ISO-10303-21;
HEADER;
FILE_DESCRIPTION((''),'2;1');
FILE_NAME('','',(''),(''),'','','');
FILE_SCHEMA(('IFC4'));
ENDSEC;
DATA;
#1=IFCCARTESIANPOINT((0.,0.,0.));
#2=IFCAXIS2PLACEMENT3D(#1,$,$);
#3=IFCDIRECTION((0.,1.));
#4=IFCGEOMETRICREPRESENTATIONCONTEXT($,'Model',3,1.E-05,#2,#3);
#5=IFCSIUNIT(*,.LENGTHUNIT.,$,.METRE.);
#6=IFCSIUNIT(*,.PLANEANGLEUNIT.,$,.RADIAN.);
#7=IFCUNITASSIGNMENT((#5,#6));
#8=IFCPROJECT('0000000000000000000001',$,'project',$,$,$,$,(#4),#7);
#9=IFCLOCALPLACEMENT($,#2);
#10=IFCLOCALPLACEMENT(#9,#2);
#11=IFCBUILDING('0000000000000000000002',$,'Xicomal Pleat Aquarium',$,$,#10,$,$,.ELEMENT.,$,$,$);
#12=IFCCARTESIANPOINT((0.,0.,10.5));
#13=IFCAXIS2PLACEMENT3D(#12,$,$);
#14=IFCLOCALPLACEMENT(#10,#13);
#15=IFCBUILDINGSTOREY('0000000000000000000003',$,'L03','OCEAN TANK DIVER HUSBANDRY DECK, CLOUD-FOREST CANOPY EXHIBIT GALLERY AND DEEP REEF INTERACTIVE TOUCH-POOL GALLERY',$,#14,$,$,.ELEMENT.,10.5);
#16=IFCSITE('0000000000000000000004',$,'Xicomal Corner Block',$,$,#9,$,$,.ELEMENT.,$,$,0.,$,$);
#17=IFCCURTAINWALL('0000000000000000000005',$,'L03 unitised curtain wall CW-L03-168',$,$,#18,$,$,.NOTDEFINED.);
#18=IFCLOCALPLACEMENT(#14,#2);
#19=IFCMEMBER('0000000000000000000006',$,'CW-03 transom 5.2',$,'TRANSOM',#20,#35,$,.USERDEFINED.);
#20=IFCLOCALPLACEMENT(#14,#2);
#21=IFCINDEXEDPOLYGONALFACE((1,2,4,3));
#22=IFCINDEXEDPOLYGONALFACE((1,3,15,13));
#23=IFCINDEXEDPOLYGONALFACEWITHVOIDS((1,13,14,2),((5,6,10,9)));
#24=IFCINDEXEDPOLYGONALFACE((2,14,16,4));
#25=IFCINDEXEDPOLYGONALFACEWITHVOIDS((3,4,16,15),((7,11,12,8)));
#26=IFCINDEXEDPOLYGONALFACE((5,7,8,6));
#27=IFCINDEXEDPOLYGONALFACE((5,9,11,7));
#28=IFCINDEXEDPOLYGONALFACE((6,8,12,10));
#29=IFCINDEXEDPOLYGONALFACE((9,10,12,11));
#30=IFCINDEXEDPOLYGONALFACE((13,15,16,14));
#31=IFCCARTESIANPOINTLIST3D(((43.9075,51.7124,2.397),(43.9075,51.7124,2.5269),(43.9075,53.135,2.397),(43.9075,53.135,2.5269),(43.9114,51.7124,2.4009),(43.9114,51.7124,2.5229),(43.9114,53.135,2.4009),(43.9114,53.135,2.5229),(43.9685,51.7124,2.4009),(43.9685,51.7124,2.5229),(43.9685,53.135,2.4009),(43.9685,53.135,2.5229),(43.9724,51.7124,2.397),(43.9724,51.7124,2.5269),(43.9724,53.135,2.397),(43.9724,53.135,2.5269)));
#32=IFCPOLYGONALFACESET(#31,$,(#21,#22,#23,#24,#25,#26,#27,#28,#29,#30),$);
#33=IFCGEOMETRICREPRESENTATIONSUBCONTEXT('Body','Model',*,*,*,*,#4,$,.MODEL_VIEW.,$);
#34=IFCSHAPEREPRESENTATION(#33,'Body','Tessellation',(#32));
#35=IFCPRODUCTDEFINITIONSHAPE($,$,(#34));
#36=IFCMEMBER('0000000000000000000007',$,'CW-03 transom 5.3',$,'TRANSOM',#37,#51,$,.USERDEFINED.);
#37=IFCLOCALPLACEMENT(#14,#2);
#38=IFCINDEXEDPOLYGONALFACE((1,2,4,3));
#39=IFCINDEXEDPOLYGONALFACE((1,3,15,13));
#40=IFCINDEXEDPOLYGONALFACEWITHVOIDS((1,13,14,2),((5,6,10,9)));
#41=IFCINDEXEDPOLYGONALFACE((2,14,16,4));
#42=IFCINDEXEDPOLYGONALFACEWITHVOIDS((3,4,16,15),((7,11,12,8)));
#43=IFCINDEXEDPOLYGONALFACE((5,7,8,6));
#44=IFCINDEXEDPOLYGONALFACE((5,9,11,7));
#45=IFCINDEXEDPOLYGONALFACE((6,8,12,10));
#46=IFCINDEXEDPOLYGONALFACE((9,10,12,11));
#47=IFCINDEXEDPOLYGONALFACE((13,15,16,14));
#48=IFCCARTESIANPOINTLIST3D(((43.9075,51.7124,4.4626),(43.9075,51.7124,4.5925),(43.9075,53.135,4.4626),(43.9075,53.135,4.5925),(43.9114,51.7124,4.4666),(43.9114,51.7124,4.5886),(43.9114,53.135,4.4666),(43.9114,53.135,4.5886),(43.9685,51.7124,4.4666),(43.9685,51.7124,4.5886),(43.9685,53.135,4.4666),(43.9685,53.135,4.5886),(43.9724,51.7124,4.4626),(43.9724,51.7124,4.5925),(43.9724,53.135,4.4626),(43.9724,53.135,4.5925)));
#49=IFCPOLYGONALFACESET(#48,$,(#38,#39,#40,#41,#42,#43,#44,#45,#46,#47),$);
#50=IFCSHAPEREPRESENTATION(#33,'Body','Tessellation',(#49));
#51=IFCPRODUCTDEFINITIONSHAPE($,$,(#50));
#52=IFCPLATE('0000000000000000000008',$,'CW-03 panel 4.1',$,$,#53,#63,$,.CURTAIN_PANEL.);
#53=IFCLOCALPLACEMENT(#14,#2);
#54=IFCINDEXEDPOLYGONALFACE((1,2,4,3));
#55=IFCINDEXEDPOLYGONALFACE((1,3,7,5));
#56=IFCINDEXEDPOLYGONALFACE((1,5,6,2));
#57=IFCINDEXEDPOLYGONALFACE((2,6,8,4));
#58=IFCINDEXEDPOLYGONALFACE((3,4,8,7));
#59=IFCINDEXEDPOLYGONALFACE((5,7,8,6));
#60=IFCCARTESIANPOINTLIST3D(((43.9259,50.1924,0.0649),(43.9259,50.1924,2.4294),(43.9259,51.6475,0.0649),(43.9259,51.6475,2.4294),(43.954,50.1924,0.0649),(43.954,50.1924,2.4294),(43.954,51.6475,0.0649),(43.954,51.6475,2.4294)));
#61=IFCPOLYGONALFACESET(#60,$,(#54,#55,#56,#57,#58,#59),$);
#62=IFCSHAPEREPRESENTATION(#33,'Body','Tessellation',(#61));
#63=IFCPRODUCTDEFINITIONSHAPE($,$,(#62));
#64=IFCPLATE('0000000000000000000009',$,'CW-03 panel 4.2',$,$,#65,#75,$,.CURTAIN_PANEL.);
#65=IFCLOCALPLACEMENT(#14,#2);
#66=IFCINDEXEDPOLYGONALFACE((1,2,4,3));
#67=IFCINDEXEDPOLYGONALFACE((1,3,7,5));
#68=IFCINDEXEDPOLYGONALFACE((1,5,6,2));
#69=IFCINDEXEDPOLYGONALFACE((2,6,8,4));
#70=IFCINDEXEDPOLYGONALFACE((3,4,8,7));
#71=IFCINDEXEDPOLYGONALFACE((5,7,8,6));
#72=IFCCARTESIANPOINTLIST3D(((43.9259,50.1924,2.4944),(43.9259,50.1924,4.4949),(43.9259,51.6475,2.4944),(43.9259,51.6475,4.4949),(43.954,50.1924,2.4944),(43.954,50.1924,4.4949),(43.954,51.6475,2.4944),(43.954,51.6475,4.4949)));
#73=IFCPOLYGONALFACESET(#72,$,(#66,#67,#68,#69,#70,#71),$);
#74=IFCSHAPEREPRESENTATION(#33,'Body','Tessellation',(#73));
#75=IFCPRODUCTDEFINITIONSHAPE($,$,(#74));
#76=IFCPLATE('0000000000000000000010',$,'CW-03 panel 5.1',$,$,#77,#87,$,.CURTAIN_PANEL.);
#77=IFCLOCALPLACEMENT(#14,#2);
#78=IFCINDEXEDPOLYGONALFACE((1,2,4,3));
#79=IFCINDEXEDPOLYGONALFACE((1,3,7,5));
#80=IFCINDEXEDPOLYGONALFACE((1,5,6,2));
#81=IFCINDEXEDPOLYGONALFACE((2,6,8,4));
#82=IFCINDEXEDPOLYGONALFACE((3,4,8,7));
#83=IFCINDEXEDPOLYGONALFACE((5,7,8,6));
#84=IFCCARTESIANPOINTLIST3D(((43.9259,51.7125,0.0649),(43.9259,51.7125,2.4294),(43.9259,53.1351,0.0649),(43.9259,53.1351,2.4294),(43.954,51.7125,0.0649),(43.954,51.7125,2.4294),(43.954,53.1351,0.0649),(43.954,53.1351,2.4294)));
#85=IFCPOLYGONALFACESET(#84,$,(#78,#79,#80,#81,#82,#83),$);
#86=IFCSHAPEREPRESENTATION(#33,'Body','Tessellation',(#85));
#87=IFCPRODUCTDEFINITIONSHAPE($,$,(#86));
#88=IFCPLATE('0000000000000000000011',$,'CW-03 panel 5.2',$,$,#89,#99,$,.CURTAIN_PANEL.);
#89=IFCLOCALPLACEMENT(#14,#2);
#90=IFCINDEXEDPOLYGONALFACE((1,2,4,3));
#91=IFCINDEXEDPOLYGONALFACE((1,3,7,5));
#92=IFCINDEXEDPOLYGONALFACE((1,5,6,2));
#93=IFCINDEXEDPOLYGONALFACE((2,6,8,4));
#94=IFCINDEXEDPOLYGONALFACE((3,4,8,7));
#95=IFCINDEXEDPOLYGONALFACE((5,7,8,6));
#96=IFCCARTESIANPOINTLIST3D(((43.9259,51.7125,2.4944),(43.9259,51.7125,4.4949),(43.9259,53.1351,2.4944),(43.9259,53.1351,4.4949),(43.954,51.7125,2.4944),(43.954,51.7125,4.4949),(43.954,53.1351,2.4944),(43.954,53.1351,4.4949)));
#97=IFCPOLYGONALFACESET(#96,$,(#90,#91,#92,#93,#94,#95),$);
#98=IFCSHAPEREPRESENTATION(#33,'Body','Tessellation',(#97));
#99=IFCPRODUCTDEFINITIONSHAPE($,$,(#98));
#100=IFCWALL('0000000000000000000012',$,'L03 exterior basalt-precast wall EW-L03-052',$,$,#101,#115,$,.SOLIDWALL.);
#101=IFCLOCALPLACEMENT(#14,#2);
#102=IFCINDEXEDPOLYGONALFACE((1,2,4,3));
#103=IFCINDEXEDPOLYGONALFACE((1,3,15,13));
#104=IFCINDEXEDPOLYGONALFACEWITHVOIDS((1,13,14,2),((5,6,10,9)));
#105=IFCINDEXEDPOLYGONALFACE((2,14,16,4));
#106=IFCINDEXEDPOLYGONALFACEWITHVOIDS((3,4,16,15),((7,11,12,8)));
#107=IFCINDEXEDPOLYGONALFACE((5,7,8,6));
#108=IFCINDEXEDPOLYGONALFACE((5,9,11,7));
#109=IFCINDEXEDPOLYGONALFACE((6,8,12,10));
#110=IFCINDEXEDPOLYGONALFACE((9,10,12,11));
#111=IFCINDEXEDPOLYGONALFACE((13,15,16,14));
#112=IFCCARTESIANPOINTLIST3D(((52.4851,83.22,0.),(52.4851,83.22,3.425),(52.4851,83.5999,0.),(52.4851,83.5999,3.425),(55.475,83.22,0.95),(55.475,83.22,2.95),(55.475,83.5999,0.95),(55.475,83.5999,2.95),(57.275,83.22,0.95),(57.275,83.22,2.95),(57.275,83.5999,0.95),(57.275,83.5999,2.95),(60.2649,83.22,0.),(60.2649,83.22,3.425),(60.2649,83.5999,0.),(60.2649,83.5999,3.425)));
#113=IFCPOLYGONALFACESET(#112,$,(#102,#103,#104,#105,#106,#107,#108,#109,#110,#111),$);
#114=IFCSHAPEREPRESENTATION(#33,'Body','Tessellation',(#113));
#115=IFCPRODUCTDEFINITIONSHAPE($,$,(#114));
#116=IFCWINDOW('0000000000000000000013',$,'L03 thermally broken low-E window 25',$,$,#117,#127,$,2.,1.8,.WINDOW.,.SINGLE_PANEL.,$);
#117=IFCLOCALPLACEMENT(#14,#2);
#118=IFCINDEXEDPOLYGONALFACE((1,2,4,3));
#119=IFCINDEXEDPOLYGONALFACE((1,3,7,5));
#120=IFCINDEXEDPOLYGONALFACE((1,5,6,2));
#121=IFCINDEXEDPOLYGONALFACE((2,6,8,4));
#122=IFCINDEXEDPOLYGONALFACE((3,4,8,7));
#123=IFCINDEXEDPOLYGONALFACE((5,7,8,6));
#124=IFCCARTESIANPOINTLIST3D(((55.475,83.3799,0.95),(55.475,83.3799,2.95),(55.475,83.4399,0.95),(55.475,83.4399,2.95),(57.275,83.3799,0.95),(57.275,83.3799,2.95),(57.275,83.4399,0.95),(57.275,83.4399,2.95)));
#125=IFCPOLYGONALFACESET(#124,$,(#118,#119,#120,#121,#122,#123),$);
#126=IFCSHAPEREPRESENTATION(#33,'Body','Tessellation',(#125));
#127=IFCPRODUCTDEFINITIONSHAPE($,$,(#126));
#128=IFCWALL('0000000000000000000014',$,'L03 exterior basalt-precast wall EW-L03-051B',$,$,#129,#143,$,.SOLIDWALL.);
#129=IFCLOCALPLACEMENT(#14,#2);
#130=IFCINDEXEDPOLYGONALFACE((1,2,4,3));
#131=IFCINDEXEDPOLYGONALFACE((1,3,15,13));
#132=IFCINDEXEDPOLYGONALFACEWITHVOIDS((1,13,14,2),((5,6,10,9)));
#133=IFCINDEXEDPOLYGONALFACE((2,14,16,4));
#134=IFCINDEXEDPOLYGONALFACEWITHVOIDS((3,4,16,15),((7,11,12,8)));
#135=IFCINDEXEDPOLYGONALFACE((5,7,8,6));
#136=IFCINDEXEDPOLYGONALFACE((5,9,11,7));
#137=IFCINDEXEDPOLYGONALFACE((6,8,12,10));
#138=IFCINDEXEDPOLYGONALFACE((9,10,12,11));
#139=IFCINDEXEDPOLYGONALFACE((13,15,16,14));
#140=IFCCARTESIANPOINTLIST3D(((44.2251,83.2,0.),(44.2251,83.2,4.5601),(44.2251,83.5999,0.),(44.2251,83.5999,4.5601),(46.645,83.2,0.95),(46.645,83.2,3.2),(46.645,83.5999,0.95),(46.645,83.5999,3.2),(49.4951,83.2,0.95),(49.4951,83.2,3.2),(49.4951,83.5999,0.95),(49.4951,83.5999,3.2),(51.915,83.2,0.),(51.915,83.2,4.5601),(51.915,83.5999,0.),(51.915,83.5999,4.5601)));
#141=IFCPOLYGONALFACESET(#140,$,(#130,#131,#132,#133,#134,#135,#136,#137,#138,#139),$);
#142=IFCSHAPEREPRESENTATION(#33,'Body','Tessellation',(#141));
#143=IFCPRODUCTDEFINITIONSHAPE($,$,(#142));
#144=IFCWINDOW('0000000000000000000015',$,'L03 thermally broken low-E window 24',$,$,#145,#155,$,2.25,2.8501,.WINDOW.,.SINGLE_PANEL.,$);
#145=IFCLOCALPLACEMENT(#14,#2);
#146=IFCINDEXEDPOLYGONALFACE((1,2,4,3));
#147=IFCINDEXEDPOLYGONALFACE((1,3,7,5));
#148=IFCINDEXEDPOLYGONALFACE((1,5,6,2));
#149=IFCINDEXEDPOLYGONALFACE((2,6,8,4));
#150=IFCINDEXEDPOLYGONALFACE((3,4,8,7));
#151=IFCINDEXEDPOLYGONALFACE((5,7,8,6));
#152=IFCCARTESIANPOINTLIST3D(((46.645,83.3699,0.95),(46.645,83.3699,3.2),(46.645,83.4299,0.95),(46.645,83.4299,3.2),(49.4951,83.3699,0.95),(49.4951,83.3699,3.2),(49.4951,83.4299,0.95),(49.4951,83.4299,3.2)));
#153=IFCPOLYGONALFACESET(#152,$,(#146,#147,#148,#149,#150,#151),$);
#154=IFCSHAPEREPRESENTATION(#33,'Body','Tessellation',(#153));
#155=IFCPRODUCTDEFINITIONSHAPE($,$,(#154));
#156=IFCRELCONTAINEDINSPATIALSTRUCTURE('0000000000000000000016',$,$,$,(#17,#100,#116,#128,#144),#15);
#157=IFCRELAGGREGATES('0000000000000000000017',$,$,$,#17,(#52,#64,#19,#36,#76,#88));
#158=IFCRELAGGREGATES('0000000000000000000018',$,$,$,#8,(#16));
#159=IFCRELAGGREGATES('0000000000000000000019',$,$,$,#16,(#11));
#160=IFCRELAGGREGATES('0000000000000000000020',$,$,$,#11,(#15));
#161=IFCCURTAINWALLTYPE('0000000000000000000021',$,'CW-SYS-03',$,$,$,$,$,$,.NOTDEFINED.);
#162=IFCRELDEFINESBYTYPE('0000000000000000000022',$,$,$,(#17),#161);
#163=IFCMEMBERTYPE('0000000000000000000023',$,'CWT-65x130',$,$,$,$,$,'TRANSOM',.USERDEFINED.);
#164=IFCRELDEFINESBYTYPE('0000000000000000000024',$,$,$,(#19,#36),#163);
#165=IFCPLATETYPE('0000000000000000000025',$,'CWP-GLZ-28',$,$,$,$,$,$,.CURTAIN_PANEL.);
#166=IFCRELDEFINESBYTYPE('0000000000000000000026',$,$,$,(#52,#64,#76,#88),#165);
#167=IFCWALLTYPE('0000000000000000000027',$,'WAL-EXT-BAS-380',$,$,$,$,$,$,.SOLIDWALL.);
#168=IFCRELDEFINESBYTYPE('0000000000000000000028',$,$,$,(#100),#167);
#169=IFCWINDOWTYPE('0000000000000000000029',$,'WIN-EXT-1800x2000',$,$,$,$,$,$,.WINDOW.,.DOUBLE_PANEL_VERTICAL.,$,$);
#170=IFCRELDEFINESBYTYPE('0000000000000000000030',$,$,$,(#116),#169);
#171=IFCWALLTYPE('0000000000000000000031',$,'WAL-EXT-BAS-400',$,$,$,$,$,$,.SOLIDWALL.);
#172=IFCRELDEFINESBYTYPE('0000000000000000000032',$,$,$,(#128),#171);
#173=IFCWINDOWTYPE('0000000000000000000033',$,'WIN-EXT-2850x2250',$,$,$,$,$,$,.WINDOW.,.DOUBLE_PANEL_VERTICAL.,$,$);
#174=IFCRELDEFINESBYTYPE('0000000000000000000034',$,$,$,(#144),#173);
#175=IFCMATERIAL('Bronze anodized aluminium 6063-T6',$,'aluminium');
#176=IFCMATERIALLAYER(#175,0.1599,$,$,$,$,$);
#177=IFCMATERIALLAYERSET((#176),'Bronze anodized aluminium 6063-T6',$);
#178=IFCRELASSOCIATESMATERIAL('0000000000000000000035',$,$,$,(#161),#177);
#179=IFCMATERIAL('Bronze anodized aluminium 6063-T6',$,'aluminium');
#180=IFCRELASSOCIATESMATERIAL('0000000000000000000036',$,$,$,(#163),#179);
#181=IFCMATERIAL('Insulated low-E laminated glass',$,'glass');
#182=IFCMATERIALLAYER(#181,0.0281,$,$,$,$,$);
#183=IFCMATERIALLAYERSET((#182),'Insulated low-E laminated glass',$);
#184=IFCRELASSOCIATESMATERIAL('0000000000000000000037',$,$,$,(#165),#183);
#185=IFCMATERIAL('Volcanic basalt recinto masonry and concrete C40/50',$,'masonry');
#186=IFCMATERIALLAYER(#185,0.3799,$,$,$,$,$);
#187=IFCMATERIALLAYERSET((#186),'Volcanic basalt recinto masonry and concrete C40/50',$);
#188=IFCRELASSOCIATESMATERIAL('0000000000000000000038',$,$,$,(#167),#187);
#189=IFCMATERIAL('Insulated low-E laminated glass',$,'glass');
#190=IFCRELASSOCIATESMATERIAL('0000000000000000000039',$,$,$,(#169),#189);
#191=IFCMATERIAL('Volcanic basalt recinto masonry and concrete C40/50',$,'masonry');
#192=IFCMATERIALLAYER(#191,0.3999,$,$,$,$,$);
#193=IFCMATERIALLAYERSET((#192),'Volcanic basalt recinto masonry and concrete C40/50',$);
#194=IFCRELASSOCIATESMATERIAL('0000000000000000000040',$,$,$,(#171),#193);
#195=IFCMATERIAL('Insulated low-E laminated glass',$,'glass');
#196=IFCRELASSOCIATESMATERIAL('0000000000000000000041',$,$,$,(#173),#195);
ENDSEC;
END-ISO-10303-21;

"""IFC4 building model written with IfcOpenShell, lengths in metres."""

from ifc_helpers import new_model, si_unit, direction, frame, frame_2d, origin, origin_2d, place, context, subcontext, project, spatial, rectangle, hollow_rectangle, extrude, material, layer, layer_set, material_profile, profile_set, type_object, element, fill, aggregate, save


model = new_model("IFC4")

# Units and contexts
model_context = context("Model", 3, precision=1e-05, world=origin(), true_north=direction((0.0, 1.0)))
body_context = subcontext(model_context, "Body", "Model", "MODEL_VIEW")
ifc_project = project(units=[si_unit("LENGTHUNIT", "METRE"), si_unit("PLANEANGLEUNIT", "RADIAN")], contexts=[model_context])

# Site, building, storey
site_placement = place(None, origin())
site = spatial("IfcSite", under=ifc_project, at=site_placement, Name="Xicomal Corner Block", CompositionType="ELEMENT", RefElevation=0.0)
building_placement = place(site_placement, origin())
building = spatial("IfcBuilding", under=site, at=building_placement, Name="Xicomal Pleat Aquarium", CompositionType="ELEMENT")
storey_placement = place(building_placement, frame((0.0, 0.0, 10.5)))
storey = spatial("IfcBuildingStorey", under=building, at=storey_placement, Name="L03", Description="OCEAN TANK DIVER HUSBANDRY DECK, CLOUD-FOREST CANOPY EXHIBIT GALLERY AND DEEP REEF INTERACTIVE TOUCH-POOL GALLERY", CompositionType="ELEMENT", Elevation=10.5)

# Curtain wall, members, plates
ifc_material_1 = material(Name="Bronze anodized aluminium 6063-T6", Category="aluminium")
ifc_layer_1 = layer(ifc_material_1, 0.1599)
ifc_layer_set_1 = layer_set([ifc_layer_1], Name="Bronze anodized aluminium 6063-T6")
curtain_wall_type = type_object("IfcCurtainWallType", Name="CW-SYS-03", PredefinedType="NOTDEFINED", material=ifc_layer_set_1)
curtain_wall_placement = place(storey_placement, origin())
curtain_wall = element("IfcCurtainWall", 1, at=curtain_wall_placement, inside=storey, type_object=curtain_wall_type, Name="L03 unitised curtain wall CW-L03-168", PredefinedType="NOTDEFINED")
ifc_material_2 = material(Name="Bronze anodized aluminium 6063-T6", Category="aluminium")
ifc_material_profile_1 = material_profile(ifc_material_2, hollow_rectangle(XDim=0.0649, YDim=0.1299, WallThickness=0.0039, at=origin_2d()), Name="ALU TRAN 65x130")
ifc_profile_set_1 = profile_set([ifc_material_profile_1], Name="Bronze anodized aluminium 6063-T6")
member_type_1 = type_object("IfcMemberType", Name="CWT-65x130", ElementType="TRANSOM", PredefinedType="USERDEFINED", material=ifc_profile_set_1)
member_1_placement = place(storey_placement, frame((43.9399, 51.7124, 2.4619), z_axis=(0.0, 1.0, 0.0), x_axis=(-1.0, 0.0, 0.0)))
member_1 = element("IfcMember", 2, at=member_1_placement, type_object=member_type_1, Name="CW-03 transom 5.2", ObjectType="TRANSOM", PredefinedType="USERDEFINED", context=body_context, shape_type="SweptSolid", body=[
    extrude(hollow_rectangle(XDim=0.0649, YDim=0.1299, WallThickness=0.0039, at=origin_2d()), origin(), (0.0, 0.0, 1.0), 1.4226),
])
member_2_placement = place(storey_placement, frame((43.9399, 51.7124, 4.5276), z_axis=(0.0, 1.0, 0.0), x_axis=(-1.0, 0.0, 0.0)))
member_2 = element("IfcMember", 3, at=member_2_placement, type_object=member_type_1, Name="CW-03 transom 5.3", ObjectType="TRANSOM", PredefinedType="USERDEFINED", context=body_context, shape_type="SweptSolid", body=[
    extrude(hollow_rectangle(XDim=0.0649, YDim=0.1299, WallThickness=0.0039, at=origin_2d()), origin(), (0.0, 0.0, 1.0), 1.4226),
])
ifc_material_3 = material(Name="Insulated low-E laminated glass", Category="glass")
ifc_layer_2 = layer(ifc_material_3, 0.0281)
ifc_layer_set_2 = layer_set([ifc_layer_2], Name="Insulated low-E laminated glass")
plate_type = type_object("IfcPlateType", Name="CWP-GLZ-28", PredefinedType="CURTAIN_PANEL", material=ifc_layer_set_2)
plate_1_placement = place(storey_placement, frame((43.9399, 50.9199, 0.0649), z_axis=(0.0, 0.0, 1.0), x_axis=(0.0, 1.0, 0.0)))
plate_1 = element("IfcPlate", 4, at=plate_1_placement, type_object=plate_type, Name="CW-03 panel 4.1", PredefinedType="CURTAIN_PANEL", context=body_context, shape_type="SweptSolid", body=[
    extrude(rectangle(XDim=1.4551, YDim=0.0281, at=origin_2d()), origin(), (0.0, 0.0, 1.0), 2.3645),
])
plate_2_placement = place(storey_placement, frame((43.9399, 50.9199, 2.4944), z_axis=(0.0, 0.0, 1.0), x_axis=(0.0, 1.0, 0.0)))
plate_2 = element("IfcPlate", 5, at=plate_2_placement, type_object=plate_type, Name="CW-03 panel 4.2", PredefinedType="CURTAIN_PANEL", context=body_context, shape_type="SweptSolid", body=[
    extrude(rectangle(XDim=1.4551, YDim=0.0281, at=origin_2d()), origin(), (0.0, 0.0, 1.0), 2.0005),
])
plate_3_placement = place(storey_placement, frame((43.9399, 52.4238, 0.0649), z_axis=(0.0, 0.0, 1.0), x_axis=(0.0, 1.0, 0.0)))
plate_3 = element("IfcPlate", 6, at=plate_3_placement, type_object=plate_type, Name="CW-03 panel 5.1", PredefinedType="CURTAIN_PANEL", context=body_context, shape_type="SweptSolid", body=[
    extrude(rectangle(XDim=1.4226, YDim=0.0281, at=origin_2d()), origin(), (0.0, 0.0, 1.0), 2.3645),
])
plate_4_placement = place(storey_placement, frame((43.9399, 52.4238, 2.4944), z_axis=(0.0, 0.0, 1.0), x_axis=(0.0, 1.0, 0.0)))
plate_4 = element("IfcPlate", 7, at=plate_4_placement, type_object=plate_type, Name="CW-03 panel 5.2", PredefinedType="CURTAIN_PANEL", context=body_context, shape_type="SweptSolid", body=[
    extrude(rectangle(XDim=1.4226, YDim=0.0281, at=origin_2d()), origin(), (0.0, 0.0, 1.0), 2.0005),
])
aggregate(curtain_wall, [plate_1, plate_2, member_1, member_2, plate_3, plate_4])

# Walls, openings, windows
ifc_material_4 = material(Name="Volcanic basalt recinto masonry and concrete C40/50", Category="masonry")
ifc_layer_3 = layer(ifc_material_4, 0.3799)
ifc_layer_set_3 = layer_set([ifc_layer_3], Name="Volcanic basalt recinto masonry and concrete C40/50")
wall_type_1 = type_object("IfcWallType", Name="WAL-EXT-BAS-380", PredefinedType="SOLIDWALL", material=ifc_layer_set_3)
wall_1_placement = place(storey_placement, frame((52.4851, 83.4099, 0.0), z_axis=(0.0, 0.0, 1.0), x_axis=(1.0, 0.0, 0.0)))
wall_1 = element("IfcWall", 8, at=wall_1_placement, inside=storey, type_object=wall_type_1, Name="L03 exterior basalt-precast wall EW-L03-052", PredefinedType="SOLIDWALL", context=body_context, shape_type="SweptSolid", body=[
    extrude(rectangle(XDim=7.7798, YDim=0.3799, at=frame_2d((3.8899, 0.0))), origin(), (0.0, 0.0, 1.0), 3.425),
])
opening_1_placement = place(wall_1_placement, frame((2.99, 0.0, 0.95)))
opening_1 = element("IfcOpeningElement", 9, at=opening_1_placement, cuts=wall_1, PredefinedType="OPENING", context=body_context, shape_type="SweptSolid", body=[
    extrude(rectangle(XDim=1.8, YDim=2.0, at=frame_2d((0.8999, 1.0))), frame((0.0, 0.2, 0.0), z_axis=(0.0, -1.0, 0.0), x_axis=(1.0, 0.0, 0.0)), (0.0, 0.0, 1.0), 0.3999),
])
ifc_material_5 = material(Name="Insulated low-E laminated glass", Category="glass")
window_type_1 = type_object("IfcWindowType", Name="WIN-EXT-1800x2000", PartitioningType="DOUBLE_PANEL_VERTICAL", PredefinedType="WINDOW", material=ifc_material_5)
window_1_placement = place(opening_1_placement, origin())
window_1 = element("IfcWindow", 10, at=window_1_placement, inside=storey, type_object=window_type_1, Name="L03 thermally broken low-E window 25", OverallHeight=2.0, OverallWidth=1.8, PartitioningType="SINGLE_PANEL", PredefinedType="WINDOW", context=body_context, shape_type="SweptSolid", body=[
    extrude(rectangle(XDim=1.8, YDim=2.0, at=frame_2d((0.8999, 1.0))), frame((0.0, 0.03, 0.0), z_axis=(0.0, -1.0, 0.0), x_axis=(1.0, 0.0, 0.0)), (0.0, 0.0, 1.0), 0.0601),
])
fill(opening_1, window_1)
ifc_material_6 = material(Name="Volcanic basalt recinto masonry and concrete C40/50", Category="masonry")
ifc_layer_4 = layer(ifc_material_6, 0.3999)
ifc_layer_set_4 = layer_set([ifc_layer_4], Name="Volcanic basalt recinto masonry and concrete C40/50")
wall_type_2 = type_object("IfcWallType", Name="WAL-EXT-BAS-400", PredefinedType="SOLIDWALL", material=ifc_layer_set_4)
wall_2_placement = place(storey_placement, frame((44.2251, 83.3999, 0.0), z_axis=(0.0, 0.0, 1.0), x_axis=(1.0, 0.0, 0.0)))
wall_2 = element("IfcWall", 11, at=wall_2_placement, inside=storey, type_object=wall_type_2, Name="L03 exterior basalt-precast wall EW-L03-051B", PredefinedType="SOLIDWALL", context=body_context, shape_type="SweptSolid", body=[
    extrude(rectangle(XDim=7.6899, YDim=0.3999, at=frame_2d((3.845, 0.0))), origin(), (0.0, 0.0, 1.0), 4.5601),
])
opening_2_placement = place(wall_2_placement, frame((2.4199, 0.0, 0.95)))
opening_2 = element("IfcOpeningElement", 12, at=opening_2_placement, cuts=wall_2, PredefinedType="OPENING", context=body_context, shape_type="SweptSolid", body=[
    extrude(rectangle(XDim=2.8501, YDim=2.25, at=frame_2d((1.425, 1.125))), frame((0.0, 0.21, 0.0), z_axis=(0.0, -1.0, 0.0), x_axis=(1.0, 0.0, 0.0)), (0.0, 0.0, 1.0), 0.4199),
])
ifc_material_7 = material(Name="Insulated low-E laminated glass", Category="glass")
window_type_2 = type_object("IfcWindowType", Name="WIN-EXT-2850x2250", PartitioningType="DOUBLE_PANEL_VERTICAL", PredefinedType="WINDOW", material=ifc_material_7)
window_2_placement = place(opening_2_placement, origin())
window_2 = element("IfcWindow", 13, at=window_2_placement, inside=storey, type_object=window_type_2, Name="L03 thermally broken low-E window 24", OverallHeight=2.25, OverallWidth=2.8501, PartitioningType="SINGLE_PANEL", PredefinedType="WINDOW", context=body_context, shape_type="SweptSolid", body=[
    extrude(rectangle(XDim=2.8501, YDim=2.25, at=frame_2d((1.425, 1.125))), frame((0.0, 0.03, 0.0), z_axis=(0.0, -1.0, 0.0), x_axis=(1.0, 0.0, 0.0)), (0.0, 0.0, 1.0), 0.0601),
])
fill(opening_2, window_2)

save(model, "model.ifc")
